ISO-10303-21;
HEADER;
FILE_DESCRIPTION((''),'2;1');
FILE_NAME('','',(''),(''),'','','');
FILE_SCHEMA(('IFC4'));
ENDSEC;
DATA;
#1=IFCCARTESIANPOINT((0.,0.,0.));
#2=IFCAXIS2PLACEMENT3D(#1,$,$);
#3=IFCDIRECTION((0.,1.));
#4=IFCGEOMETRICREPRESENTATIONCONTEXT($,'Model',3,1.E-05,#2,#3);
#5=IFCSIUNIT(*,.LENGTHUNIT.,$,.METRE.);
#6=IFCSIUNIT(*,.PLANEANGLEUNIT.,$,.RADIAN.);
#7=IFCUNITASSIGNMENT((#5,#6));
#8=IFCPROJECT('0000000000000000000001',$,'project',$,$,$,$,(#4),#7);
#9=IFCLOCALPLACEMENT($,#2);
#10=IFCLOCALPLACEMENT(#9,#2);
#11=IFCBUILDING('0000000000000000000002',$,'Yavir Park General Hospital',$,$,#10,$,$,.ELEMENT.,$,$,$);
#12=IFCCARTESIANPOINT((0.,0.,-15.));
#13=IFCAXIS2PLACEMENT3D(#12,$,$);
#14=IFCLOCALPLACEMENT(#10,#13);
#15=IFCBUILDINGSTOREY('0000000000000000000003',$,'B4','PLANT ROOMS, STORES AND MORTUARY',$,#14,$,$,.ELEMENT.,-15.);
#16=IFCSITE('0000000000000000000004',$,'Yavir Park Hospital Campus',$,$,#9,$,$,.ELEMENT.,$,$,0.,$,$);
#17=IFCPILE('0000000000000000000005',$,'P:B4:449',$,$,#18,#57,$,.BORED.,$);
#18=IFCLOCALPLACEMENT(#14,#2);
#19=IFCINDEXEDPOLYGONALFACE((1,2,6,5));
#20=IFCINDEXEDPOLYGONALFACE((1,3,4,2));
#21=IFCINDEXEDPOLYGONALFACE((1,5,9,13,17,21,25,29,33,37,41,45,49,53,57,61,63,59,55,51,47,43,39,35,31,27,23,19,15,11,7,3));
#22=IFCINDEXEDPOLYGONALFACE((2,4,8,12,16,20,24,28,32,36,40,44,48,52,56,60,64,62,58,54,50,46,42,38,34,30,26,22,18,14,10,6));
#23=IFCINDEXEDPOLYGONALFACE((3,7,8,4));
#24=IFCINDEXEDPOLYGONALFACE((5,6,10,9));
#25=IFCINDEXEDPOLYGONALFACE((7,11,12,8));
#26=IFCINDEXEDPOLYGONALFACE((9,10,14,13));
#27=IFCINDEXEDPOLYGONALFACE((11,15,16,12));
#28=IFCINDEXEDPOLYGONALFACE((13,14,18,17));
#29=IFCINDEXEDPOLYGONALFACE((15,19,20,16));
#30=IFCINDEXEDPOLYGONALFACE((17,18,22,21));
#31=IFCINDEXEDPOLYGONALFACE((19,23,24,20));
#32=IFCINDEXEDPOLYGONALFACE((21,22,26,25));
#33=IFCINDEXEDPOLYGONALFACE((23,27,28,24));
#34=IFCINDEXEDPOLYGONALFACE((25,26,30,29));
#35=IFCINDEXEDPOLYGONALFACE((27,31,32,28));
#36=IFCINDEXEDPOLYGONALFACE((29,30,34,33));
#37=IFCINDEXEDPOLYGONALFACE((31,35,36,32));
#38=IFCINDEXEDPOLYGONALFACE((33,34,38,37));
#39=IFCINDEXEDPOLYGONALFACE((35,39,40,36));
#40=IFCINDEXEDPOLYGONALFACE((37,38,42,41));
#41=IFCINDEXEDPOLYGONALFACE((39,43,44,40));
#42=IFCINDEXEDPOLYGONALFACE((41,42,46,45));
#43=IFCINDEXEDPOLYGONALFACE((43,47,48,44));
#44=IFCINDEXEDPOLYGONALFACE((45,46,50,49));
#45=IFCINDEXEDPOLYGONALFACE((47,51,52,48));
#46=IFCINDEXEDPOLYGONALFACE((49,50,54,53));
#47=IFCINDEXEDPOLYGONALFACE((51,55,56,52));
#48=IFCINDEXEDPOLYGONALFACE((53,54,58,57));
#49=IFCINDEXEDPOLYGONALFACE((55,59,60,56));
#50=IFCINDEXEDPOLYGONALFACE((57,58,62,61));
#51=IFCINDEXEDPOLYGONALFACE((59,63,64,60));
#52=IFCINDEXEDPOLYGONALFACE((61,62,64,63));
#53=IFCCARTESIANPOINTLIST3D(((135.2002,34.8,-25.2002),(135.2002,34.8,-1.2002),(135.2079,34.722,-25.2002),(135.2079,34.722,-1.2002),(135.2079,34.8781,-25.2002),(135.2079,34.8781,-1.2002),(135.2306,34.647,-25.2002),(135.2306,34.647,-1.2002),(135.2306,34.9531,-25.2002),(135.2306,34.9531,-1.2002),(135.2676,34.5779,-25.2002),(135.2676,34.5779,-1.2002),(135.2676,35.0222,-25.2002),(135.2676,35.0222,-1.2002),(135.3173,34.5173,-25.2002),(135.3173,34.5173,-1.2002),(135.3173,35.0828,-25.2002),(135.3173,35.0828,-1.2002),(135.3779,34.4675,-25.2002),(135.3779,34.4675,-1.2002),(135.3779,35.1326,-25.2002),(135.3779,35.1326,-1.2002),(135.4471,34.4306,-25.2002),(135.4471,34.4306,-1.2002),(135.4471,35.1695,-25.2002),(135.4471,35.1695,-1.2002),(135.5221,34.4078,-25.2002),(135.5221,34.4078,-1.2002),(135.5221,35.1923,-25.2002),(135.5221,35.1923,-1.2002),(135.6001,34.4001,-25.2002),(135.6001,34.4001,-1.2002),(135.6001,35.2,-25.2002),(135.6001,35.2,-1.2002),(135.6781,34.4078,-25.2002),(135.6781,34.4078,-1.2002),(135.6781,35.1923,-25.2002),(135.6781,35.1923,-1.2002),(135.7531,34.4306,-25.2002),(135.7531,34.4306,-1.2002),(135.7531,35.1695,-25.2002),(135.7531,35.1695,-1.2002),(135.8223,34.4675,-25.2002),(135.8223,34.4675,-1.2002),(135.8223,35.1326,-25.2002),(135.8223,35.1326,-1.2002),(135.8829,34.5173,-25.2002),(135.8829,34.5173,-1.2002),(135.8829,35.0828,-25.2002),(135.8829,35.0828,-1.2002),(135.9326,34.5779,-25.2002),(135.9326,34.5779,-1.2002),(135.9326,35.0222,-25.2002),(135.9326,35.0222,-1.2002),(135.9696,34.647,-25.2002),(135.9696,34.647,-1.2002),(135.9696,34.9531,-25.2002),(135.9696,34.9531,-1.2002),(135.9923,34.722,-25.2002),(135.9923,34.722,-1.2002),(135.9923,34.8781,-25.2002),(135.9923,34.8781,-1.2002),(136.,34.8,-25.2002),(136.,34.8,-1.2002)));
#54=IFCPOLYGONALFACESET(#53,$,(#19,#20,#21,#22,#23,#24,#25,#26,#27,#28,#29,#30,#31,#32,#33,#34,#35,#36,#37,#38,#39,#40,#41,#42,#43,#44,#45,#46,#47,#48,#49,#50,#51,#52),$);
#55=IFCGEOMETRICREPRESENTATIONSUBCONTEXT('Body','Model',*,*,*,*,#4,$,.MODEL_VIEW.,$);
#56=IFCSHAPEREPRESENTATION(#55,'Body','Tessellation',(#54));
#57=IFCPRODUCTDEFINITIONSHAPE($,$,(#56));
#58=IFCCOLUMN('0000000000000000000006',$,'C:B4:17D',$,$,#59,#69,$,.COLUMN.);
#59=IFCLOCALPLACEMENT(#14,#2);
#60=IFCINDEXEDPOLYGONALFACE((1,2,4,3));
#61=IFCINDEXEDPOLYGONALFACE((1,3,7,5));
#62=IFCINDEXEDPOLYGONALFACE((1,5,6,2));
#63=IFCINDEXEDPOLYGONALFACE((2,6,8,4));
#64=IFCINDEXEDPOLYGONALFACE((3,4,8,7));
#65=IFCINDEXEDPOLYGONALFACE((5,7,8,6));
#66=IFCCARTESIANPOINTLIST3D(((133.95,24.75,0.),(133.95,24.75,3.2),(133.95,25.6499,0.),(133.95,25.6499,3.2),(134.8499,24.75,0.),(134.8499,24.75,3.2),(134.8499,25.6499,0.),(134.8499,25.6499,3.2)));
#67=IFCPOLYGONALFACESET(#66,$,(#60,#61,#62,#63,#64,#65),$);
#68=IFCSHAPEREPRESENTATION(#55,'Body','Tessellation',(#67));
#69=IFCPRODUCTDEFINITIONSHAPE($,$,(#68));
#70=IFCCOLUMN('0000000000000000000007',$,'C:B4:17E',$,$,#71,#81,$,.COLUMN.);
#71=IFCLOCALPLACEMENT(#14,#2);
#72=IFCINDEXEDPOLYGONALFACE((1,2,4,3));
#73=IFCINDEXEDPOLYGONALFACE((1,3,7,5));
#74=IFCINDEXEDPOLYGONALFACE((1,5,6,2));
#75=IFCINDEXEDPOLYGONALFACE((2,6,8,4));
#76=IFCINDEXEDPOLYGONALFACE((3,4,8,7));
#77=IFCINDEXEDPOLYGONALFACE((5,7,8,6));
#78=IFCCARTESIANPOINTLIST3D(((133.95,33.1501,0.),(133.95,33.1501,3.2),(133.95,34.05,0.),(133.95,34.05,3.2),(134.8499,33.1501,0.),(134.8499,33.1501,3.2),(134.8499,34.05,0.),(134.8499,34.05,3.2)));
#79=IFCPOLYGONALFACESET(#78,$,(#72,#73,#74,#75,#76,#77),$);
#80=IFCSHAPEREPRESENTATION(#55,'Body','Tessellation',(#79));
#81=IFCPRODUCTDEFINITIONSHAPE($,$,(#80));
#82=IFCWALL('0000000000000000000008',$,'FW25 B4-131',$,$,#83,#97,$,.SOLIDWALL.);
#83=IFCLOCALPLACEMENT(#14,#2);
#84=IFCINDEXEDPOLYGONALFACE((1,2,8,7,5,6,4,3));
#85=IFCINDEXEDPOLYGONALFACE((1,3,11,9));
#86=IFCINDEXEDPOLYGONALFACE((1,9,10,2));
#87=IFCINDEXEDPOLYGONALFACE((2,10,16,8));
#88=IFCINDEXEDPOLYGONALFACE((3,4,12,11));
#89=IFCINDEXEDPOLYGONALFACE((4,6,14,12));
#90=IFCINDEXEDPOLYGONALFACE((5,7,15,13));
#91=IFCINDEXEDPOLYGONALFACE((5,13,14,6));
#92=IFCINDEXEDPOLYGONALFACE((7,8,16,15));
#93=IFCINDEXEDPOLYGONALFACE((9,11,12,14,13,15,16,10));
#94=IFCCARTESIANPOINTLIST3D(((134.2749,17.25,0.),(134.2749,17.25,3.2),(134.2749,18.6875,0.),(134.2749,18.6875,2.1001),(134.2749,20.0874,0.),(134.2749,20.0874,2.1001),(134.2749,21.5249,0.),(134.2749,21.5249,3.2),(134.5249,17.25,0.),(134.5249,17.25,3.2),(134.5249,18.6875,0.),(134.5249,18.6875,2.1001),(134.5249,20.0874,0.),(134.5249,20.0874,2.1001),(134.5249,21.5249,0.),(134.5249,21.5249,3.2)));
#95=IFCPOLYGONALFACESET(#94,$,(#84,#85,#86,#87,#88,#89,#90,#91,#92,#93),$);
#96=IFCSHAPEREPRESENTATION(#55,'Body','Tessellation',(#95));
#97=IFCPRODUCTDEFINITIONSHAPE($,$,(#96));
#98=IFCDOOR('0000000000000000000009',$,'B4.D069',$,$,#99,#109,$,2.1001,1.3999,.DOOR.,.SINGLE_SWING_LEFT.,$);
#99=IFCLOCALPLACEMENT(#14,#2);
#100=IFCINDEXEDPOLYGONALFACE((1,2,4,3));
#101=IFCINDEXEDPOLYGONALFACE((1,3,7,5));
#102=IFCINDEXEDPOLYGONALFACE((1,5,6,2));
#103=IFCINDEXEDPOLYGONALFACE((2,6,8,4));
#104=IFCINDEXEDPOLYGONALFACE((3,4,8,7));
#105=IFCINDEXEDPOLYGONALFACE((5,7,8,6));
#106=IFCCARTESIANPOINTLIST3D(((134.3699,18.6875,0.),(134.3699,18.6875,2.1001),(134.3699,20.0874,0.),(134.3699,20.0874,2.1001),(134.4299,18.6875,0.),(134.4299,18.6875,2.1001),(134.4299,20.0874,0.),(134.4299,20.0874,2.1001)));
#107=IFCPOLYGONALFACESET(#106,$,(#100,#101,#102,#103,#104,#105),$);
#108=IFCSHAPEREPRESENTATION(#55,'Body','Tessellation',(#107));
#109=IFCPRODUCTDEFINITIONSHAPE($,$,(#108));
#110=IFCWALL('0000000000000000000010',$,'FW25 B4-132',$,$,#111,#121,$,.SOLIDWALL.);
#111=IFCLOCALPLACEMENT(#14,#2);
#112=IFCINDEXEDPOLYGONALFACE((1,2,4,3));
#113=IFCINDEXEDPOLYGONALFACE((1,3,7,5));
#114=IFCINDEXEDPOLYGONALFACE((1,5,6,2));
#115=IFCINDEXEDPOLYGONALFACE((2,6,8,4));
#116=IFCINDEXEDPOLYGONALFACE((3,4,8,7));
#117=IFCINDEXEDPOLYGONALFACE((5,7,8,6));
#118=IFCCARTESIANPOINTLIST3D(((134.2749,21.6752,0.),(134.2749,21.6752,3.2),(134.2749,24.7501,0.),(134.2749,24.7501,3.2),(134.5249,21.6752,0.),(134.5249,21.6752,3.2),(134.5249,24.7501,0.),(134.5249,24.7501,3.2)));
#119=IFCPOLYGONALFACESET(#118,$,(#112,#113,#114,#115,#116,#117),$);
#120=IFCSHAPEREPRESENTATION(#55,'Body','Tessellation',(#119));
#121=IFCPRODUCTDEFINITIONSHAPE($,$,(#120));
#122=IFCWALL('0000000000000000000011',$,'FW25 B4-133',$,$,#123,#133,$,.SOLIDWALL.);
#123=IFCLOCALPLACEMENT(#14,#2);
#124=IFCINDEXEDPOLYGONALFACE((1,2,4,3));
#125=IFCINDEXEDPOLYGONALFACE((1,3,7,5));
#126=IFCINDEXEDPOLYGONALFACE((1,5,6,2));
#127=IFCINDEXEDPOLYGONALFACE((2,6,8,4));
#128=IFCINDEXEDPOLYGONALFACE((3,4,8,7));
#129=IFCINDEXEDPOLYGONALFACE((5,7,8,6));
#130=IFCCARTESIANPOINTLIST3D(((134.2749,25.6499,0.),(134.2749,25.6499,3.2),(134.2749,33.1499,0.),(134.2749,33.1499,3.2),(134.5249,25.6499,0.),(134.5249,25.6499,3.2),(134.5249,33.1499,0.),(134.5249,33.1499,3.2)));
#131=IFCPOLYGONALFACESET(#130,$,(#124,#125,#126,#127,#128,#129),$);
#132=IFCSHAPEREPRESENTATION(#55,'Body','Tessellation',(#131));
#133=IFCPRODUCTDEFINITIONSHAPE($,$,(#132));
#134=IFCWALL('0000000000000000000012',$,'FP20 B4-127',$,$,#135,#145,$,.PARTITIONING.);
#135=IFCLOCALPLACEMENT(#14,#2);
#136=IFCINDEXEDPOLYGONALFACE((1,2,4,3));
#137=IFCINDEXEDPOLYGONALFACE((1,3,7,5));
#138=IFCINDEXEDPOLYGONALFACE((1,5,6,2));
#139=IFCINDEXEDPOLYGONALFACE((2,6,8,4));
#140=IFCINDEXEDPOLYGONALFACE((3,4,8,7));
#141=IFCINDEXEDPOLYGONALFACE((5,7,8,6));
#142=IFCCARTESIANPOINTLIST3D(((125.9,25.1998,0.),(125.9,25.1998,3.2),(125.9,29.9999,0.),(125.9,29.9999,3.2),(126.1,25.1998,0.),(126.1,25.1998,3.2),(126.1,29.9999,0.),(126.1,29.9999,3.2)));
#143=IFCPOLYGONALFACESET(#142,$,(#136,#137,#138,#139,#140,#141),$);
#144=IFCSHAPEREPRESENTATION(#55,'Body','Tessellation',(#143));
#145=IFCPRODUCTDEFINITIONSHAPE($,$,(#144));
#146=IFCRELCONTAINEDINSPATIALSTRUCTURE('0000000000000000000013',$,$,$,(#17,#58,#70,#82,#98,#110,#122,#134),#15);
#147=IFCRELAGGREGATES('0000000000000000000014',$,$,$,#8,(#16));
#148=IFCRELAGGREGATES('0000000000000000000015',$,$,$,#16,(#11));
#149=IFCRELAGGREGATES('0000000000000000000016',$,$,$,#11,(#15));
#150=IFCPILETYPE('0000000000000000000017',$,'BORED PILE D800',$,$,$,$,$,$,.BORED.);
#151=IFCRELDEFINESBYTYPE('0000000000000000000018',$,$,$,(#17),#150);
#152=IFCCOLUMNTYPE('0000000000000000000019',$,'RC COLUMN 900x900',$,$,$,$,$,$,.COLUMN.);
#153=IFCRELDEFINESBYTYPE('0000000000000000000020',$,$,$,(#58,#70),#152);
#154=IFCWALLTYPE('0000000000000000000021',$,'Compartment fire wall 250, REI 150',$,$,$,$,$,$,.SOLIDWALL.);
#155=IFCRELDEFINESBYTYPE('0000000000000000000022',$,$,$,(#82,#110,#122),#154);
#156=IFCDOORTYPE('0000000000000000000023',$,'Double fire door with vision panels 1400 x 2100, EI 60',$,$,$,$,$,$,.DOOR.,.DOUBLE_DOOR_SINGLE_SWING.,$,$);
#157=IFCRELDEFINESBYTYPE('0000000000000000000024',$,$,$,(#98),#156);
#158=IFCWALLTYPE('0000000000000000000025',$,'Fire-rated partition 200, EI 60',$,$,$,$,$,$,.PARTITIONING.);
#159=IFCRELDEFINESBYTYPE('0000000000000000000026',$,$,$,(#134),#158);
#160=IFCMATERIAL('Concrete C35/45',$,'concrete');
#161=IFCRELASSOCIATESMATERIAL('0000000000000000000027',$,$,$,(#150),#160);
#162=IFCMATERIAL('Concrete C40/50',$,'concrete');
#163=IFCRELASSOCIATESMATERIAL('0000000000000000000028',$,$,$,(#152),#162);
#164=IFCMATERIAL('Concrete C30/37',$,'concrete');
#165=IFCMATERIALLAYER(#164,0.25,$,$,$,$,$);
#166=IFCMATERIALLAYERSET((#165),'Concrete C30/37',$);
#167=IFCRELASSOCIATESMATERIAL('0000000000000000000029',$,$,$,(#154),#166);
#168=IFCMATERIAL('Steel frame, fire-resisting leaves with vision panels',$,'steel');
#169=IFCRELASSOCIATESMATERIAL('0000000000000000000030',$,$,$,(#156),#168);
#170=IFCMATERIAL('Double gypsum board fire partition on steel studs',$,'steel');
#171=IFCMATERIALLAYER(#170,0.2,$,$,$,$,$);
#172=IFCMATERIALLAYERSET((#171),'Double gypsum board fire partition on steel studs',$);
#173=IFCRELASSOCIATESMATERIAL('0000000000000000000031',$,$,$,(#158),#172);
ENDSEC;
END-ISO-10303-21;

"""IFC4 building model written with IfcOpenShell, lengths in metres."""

from ifc_helpers import new_model, si_unit, direction, frame, frame_2d, origin, origin_2d, place, context, subcontext, project, spatial, rectangle, circle, extrude, material, layer, layer_set, material_profile, profile_set, type_object, element, fill, save


model = new_model("IFC4")

# Units and contexts
model_context = context("Model", 3, precision=1e-05, world=origin(), true_north=direction((0.0, 1.0)))
body_context = subcontext(model_context, "Body", "Model", "MODEL_VIEW")
ifc_project = project(units=[si_unit("LENGTHUNIT", "METRE"), si_unit("PLANEANGLEUNIT", "RADIAN")], contexts=[model_context])

# Site, building, storey
site_placement = place(None, origin())
site = spatial("IfcSite", under=ifc_project, at=site_placement, Name="Yavir Park Hospital Campus", CompositionType="ELEMENT", RefElevation=0.0)
building_placement = place(site_placement, origin())
building = spatial("IfcBuilding", under=site, at=building_placement, Name="Yavir Park General Hospital", CompositionType="ELEMENT")
storey_placement = place(building_placement, frame((0.0, 0.0, -15.0)))
storey = spatial("IfcBuildingStorey", under=building, at=storey_placement, Name="B4", Description="PLANT ROOMS, STORES AND MORTUARY", CompositionType="ELEMENT", Elevation=-15.0)

# Pile
ifc_material_1 = material(Name="Concrete C35/45", Category="concrete")
ifc_material_profile_1 = material_profile(ifc_material_1, circle(Radius=0.3999, at=origin_2d()), Name="D800")
ifc_profile_set_1 = profile_set([ifc_material_profile_1], Name="Concrete C35/45")
pile_type = type_object("IfcPileType", Name="BORED PILE D800", PredefinedType="BORED", material=ifc_profile_set_1)
for number, where, z_axis, x_axis, name in (
    (1, (135.6001, 34.8, -1.2002), (0.0, 0.0, -1.0), (1.0, 0.0, 0.0), "P:B4:449"),
):
    element("IfcPile", number, at=place(storey_placement, frame(where, z_axis=z_axis, x_axis=x_axis)), inside=storey, type_object=pile_type, Name=name, PredefinedType="BORED", context=body_context, shape_type="SweptSolid", body=[
        extrude(circle(Radius=0.3999, at=origin_2d()), origin(), (0.0, 0.0, 1.0), 24.0),
    ])

# Columns
ifc_material_2 = material(Name="Concrete C40/50", Category="concrete")
ifc_material_profile_2 = material_profile(ifc_material_2, rectangle(XDim=0.8999, YDim=0.8999, at=origin_2d()), Name="RC900x900")
ifc_profile_set_2 = profile_set([ifc_material_profile_2], Name="Concrete C40/50")
column_type = type_object("IfcColumnType", Name="RC COLUMN 900x900", PredefinedType="COLUMN", material=ifc_profile_set_2)
for number, where, z_axis, x_axis, name in (
    (2, (134.3999, 25.2, 0.0), (0.0, 0.0, 1.0), (1.0, 0.0, 0.0), "C:B4:17D"),
    (3, (134.3999, 33.6001, 0.0), (0.0, 0.0, 1.0), (1.0, 0.0, 0.0), "C:B4:17E"),
):
    element("IfcColumn", number, at=place(storey_placement, frame(where, z_axis=z_axis, x_axis=x_axis)), inside=storey, type_object=column_type, Name=name, PredefinedType="COLUMN", context=body_context, shape_type="SweptSolid", body=[
        extrude(rectangle(XDim=0.8999, YDim=0.8999, at=origin_2d()), origin(), (0.0, 0.0, 1.0), 3.2),
    ])

# Wall, opening, door
ifc_material_3 = material(Name="Concrete C30/37", Category="concrete")
ifc_layer_1 = layer(ifc_material_3, 0.25)
ifc_layer_set_1 = layer_set([ifc_layer_1], Name="Concrete C30/37")
wall_type_1 = type_object("IfcWallType", Name="Compartment fire wall 250, REI 150", PredefinedType="SOLIDWALL", material=ifc_layer_set_1)
wall_1_placement = place(storey_placement, frame((134.3999, 17.25, 0.0), z_axis=(0.0, 0.0, 1.0), x_axis=(0.0, 1.0, 0.0)))
wall_1 = element("IfcWall", 4, at=wall_1_placement, inside=storey, type_object=wall_type_1, Name="FW25 B4-131", PredefinedType="SOLIDWALL", context=body_context, shape_type="SweptSolid", body=[
    extrude(rectangle(XDim=4.2749, YDim=0.25, at=frame_2d((2.1375, 0.0))), origin(), (0.0, 0.0, 1.0), 3.2),
])
opening_1_placement = place(wall_1_placement, frame((1.4375, 0.0, 0.0)))
opening_1 = element("IfcOpeningElement", 5, at=opening_1_placement, cuts=wall_1, PredefinedType="OPENING", context=body_context, shape_type="SweptSolid", body=[
    extrude(rectangle(XDim=1.3999, YDim=2.1001, at=frame_2d((0.7, 1.05))), frame((0.0, 0.135, 0.0), z_axis=(0.0, -1.0, 0.0), x_axis=(1.0, 0.0, 0.0)), (0.0, 0.0, 1.0), 0.27),
])
ifc_material_4 = material(Name="Steel frame, fire-resisting leaves with vision panels", Category="steel")
door_type_1 = type_object("IfcDoorType", Name="Double fire door with vision panels 1400 x 2100, EI 60", OperationType="DOUBLE_DOOR_SINGLE_SWING", PredefinedType="DOOR", material=ifc_material_4)
door_1_placement = place(opening_1_placement, origin())
door_1 = element("IfcDoor", 6, at=door_1_placement, inside=storey, type_object=door_type_1, Name="B4.D069", OperationType="SINGLE_SWING_LEFT", OverallHeight=2.1001, OverallWidth=1.3999, PredefinedType="DOOR", context=body_context, shape_type="SweptSolid", body=[
    extrude(rectangle(XDim=1.3999, YDim=2.1001, at=frame_2d((0.7, 1.05))), frame((0.0, 0.03, 0.0), z_axis=(0.0, -1.0, 0.0), x_axis=(1.0, 0.0, 0.0)), (0.0, 0.0, 1.0), 0.0601),
])
fill(opening_1, door_1)

# Walls
wall_2_placement = place(storey_placement, frame((134.3999, 21.675, 0.0), z_axis=(0.0, 0.0, 1.0), x_axis=(0.0, 1.0, 0.0)))
element("IfcWall", 7, at=wall_2_placement, inside=storey, type_object=wall_type_1, Name="FW25 B4-132", PredefinedType="SOLIDWALL", context=body_context, shape_type="SweptSolid", body=[
    extrude(rectangle(XDim=3.075, YDim=0.25, at=frame_2d((1.5376, 0.0))), origin(), (0.0, 0.0, 1.0), 3.2),
])
wall_3_placement = place(storey_placement, frame((134.3999, 25.6499, 0.0), z_axis=(0.0, 0.0, 1.0), x_axis=(0.0, 1.0, 0.0)))
element("IfcWall", 8, at=wall_3_placement, inside=storey, type_object=wall_type_1, Name="FW25 B4-133", PredefinedType="SOLIDWALL", context=body_context, shape_type="SweptSolid", body=[
    extrude(rectangle(XDim=7.5, YDim=0.25, at=frame_2d((3.75, 0.0))), origin(), (0.0, 0.0, 1.0), 3.2),
])

# Shared definitions
ifc_material_5 = material(Name="Double gypsum board fire partition on steel studs", Category="steel")
ifc_layer_2 = layer(ifc_material_5, 0.2)
ifc_layer_set_2 = layer_set([ifc_layer_2], Name="Double gypsum board fire partition on steel studs")
wall_type_2 = type_object("IfcWallType", Name="Fire-rated partition 200, EI 60", PredefinedType="PARTITIONING", material=ifc_layer_set_2)

# Wall
wall_4_placement = place(storey_placement, frame((126.0, 25.2, 0.0), z_axis=(0.0, 0.0, 1.0), x_axis=(0.0, 1.0, 0.0)))
element("IfcWall", 9, at=wall_4_placement, inside=storey, type_object=wall_type_2, Name="FP20 B4-127", PredefinedType="PARTITIONING", context=body_context, shape_type="SweptSolid", body=[
    extrude(rectangle(XDim=4.8, YDim=0.2, at=frame_2d((2.3999, 0.0))), origin(), (0.0, 0.0, 1.0), 3.2),
])

save(model, "model.ifc")
